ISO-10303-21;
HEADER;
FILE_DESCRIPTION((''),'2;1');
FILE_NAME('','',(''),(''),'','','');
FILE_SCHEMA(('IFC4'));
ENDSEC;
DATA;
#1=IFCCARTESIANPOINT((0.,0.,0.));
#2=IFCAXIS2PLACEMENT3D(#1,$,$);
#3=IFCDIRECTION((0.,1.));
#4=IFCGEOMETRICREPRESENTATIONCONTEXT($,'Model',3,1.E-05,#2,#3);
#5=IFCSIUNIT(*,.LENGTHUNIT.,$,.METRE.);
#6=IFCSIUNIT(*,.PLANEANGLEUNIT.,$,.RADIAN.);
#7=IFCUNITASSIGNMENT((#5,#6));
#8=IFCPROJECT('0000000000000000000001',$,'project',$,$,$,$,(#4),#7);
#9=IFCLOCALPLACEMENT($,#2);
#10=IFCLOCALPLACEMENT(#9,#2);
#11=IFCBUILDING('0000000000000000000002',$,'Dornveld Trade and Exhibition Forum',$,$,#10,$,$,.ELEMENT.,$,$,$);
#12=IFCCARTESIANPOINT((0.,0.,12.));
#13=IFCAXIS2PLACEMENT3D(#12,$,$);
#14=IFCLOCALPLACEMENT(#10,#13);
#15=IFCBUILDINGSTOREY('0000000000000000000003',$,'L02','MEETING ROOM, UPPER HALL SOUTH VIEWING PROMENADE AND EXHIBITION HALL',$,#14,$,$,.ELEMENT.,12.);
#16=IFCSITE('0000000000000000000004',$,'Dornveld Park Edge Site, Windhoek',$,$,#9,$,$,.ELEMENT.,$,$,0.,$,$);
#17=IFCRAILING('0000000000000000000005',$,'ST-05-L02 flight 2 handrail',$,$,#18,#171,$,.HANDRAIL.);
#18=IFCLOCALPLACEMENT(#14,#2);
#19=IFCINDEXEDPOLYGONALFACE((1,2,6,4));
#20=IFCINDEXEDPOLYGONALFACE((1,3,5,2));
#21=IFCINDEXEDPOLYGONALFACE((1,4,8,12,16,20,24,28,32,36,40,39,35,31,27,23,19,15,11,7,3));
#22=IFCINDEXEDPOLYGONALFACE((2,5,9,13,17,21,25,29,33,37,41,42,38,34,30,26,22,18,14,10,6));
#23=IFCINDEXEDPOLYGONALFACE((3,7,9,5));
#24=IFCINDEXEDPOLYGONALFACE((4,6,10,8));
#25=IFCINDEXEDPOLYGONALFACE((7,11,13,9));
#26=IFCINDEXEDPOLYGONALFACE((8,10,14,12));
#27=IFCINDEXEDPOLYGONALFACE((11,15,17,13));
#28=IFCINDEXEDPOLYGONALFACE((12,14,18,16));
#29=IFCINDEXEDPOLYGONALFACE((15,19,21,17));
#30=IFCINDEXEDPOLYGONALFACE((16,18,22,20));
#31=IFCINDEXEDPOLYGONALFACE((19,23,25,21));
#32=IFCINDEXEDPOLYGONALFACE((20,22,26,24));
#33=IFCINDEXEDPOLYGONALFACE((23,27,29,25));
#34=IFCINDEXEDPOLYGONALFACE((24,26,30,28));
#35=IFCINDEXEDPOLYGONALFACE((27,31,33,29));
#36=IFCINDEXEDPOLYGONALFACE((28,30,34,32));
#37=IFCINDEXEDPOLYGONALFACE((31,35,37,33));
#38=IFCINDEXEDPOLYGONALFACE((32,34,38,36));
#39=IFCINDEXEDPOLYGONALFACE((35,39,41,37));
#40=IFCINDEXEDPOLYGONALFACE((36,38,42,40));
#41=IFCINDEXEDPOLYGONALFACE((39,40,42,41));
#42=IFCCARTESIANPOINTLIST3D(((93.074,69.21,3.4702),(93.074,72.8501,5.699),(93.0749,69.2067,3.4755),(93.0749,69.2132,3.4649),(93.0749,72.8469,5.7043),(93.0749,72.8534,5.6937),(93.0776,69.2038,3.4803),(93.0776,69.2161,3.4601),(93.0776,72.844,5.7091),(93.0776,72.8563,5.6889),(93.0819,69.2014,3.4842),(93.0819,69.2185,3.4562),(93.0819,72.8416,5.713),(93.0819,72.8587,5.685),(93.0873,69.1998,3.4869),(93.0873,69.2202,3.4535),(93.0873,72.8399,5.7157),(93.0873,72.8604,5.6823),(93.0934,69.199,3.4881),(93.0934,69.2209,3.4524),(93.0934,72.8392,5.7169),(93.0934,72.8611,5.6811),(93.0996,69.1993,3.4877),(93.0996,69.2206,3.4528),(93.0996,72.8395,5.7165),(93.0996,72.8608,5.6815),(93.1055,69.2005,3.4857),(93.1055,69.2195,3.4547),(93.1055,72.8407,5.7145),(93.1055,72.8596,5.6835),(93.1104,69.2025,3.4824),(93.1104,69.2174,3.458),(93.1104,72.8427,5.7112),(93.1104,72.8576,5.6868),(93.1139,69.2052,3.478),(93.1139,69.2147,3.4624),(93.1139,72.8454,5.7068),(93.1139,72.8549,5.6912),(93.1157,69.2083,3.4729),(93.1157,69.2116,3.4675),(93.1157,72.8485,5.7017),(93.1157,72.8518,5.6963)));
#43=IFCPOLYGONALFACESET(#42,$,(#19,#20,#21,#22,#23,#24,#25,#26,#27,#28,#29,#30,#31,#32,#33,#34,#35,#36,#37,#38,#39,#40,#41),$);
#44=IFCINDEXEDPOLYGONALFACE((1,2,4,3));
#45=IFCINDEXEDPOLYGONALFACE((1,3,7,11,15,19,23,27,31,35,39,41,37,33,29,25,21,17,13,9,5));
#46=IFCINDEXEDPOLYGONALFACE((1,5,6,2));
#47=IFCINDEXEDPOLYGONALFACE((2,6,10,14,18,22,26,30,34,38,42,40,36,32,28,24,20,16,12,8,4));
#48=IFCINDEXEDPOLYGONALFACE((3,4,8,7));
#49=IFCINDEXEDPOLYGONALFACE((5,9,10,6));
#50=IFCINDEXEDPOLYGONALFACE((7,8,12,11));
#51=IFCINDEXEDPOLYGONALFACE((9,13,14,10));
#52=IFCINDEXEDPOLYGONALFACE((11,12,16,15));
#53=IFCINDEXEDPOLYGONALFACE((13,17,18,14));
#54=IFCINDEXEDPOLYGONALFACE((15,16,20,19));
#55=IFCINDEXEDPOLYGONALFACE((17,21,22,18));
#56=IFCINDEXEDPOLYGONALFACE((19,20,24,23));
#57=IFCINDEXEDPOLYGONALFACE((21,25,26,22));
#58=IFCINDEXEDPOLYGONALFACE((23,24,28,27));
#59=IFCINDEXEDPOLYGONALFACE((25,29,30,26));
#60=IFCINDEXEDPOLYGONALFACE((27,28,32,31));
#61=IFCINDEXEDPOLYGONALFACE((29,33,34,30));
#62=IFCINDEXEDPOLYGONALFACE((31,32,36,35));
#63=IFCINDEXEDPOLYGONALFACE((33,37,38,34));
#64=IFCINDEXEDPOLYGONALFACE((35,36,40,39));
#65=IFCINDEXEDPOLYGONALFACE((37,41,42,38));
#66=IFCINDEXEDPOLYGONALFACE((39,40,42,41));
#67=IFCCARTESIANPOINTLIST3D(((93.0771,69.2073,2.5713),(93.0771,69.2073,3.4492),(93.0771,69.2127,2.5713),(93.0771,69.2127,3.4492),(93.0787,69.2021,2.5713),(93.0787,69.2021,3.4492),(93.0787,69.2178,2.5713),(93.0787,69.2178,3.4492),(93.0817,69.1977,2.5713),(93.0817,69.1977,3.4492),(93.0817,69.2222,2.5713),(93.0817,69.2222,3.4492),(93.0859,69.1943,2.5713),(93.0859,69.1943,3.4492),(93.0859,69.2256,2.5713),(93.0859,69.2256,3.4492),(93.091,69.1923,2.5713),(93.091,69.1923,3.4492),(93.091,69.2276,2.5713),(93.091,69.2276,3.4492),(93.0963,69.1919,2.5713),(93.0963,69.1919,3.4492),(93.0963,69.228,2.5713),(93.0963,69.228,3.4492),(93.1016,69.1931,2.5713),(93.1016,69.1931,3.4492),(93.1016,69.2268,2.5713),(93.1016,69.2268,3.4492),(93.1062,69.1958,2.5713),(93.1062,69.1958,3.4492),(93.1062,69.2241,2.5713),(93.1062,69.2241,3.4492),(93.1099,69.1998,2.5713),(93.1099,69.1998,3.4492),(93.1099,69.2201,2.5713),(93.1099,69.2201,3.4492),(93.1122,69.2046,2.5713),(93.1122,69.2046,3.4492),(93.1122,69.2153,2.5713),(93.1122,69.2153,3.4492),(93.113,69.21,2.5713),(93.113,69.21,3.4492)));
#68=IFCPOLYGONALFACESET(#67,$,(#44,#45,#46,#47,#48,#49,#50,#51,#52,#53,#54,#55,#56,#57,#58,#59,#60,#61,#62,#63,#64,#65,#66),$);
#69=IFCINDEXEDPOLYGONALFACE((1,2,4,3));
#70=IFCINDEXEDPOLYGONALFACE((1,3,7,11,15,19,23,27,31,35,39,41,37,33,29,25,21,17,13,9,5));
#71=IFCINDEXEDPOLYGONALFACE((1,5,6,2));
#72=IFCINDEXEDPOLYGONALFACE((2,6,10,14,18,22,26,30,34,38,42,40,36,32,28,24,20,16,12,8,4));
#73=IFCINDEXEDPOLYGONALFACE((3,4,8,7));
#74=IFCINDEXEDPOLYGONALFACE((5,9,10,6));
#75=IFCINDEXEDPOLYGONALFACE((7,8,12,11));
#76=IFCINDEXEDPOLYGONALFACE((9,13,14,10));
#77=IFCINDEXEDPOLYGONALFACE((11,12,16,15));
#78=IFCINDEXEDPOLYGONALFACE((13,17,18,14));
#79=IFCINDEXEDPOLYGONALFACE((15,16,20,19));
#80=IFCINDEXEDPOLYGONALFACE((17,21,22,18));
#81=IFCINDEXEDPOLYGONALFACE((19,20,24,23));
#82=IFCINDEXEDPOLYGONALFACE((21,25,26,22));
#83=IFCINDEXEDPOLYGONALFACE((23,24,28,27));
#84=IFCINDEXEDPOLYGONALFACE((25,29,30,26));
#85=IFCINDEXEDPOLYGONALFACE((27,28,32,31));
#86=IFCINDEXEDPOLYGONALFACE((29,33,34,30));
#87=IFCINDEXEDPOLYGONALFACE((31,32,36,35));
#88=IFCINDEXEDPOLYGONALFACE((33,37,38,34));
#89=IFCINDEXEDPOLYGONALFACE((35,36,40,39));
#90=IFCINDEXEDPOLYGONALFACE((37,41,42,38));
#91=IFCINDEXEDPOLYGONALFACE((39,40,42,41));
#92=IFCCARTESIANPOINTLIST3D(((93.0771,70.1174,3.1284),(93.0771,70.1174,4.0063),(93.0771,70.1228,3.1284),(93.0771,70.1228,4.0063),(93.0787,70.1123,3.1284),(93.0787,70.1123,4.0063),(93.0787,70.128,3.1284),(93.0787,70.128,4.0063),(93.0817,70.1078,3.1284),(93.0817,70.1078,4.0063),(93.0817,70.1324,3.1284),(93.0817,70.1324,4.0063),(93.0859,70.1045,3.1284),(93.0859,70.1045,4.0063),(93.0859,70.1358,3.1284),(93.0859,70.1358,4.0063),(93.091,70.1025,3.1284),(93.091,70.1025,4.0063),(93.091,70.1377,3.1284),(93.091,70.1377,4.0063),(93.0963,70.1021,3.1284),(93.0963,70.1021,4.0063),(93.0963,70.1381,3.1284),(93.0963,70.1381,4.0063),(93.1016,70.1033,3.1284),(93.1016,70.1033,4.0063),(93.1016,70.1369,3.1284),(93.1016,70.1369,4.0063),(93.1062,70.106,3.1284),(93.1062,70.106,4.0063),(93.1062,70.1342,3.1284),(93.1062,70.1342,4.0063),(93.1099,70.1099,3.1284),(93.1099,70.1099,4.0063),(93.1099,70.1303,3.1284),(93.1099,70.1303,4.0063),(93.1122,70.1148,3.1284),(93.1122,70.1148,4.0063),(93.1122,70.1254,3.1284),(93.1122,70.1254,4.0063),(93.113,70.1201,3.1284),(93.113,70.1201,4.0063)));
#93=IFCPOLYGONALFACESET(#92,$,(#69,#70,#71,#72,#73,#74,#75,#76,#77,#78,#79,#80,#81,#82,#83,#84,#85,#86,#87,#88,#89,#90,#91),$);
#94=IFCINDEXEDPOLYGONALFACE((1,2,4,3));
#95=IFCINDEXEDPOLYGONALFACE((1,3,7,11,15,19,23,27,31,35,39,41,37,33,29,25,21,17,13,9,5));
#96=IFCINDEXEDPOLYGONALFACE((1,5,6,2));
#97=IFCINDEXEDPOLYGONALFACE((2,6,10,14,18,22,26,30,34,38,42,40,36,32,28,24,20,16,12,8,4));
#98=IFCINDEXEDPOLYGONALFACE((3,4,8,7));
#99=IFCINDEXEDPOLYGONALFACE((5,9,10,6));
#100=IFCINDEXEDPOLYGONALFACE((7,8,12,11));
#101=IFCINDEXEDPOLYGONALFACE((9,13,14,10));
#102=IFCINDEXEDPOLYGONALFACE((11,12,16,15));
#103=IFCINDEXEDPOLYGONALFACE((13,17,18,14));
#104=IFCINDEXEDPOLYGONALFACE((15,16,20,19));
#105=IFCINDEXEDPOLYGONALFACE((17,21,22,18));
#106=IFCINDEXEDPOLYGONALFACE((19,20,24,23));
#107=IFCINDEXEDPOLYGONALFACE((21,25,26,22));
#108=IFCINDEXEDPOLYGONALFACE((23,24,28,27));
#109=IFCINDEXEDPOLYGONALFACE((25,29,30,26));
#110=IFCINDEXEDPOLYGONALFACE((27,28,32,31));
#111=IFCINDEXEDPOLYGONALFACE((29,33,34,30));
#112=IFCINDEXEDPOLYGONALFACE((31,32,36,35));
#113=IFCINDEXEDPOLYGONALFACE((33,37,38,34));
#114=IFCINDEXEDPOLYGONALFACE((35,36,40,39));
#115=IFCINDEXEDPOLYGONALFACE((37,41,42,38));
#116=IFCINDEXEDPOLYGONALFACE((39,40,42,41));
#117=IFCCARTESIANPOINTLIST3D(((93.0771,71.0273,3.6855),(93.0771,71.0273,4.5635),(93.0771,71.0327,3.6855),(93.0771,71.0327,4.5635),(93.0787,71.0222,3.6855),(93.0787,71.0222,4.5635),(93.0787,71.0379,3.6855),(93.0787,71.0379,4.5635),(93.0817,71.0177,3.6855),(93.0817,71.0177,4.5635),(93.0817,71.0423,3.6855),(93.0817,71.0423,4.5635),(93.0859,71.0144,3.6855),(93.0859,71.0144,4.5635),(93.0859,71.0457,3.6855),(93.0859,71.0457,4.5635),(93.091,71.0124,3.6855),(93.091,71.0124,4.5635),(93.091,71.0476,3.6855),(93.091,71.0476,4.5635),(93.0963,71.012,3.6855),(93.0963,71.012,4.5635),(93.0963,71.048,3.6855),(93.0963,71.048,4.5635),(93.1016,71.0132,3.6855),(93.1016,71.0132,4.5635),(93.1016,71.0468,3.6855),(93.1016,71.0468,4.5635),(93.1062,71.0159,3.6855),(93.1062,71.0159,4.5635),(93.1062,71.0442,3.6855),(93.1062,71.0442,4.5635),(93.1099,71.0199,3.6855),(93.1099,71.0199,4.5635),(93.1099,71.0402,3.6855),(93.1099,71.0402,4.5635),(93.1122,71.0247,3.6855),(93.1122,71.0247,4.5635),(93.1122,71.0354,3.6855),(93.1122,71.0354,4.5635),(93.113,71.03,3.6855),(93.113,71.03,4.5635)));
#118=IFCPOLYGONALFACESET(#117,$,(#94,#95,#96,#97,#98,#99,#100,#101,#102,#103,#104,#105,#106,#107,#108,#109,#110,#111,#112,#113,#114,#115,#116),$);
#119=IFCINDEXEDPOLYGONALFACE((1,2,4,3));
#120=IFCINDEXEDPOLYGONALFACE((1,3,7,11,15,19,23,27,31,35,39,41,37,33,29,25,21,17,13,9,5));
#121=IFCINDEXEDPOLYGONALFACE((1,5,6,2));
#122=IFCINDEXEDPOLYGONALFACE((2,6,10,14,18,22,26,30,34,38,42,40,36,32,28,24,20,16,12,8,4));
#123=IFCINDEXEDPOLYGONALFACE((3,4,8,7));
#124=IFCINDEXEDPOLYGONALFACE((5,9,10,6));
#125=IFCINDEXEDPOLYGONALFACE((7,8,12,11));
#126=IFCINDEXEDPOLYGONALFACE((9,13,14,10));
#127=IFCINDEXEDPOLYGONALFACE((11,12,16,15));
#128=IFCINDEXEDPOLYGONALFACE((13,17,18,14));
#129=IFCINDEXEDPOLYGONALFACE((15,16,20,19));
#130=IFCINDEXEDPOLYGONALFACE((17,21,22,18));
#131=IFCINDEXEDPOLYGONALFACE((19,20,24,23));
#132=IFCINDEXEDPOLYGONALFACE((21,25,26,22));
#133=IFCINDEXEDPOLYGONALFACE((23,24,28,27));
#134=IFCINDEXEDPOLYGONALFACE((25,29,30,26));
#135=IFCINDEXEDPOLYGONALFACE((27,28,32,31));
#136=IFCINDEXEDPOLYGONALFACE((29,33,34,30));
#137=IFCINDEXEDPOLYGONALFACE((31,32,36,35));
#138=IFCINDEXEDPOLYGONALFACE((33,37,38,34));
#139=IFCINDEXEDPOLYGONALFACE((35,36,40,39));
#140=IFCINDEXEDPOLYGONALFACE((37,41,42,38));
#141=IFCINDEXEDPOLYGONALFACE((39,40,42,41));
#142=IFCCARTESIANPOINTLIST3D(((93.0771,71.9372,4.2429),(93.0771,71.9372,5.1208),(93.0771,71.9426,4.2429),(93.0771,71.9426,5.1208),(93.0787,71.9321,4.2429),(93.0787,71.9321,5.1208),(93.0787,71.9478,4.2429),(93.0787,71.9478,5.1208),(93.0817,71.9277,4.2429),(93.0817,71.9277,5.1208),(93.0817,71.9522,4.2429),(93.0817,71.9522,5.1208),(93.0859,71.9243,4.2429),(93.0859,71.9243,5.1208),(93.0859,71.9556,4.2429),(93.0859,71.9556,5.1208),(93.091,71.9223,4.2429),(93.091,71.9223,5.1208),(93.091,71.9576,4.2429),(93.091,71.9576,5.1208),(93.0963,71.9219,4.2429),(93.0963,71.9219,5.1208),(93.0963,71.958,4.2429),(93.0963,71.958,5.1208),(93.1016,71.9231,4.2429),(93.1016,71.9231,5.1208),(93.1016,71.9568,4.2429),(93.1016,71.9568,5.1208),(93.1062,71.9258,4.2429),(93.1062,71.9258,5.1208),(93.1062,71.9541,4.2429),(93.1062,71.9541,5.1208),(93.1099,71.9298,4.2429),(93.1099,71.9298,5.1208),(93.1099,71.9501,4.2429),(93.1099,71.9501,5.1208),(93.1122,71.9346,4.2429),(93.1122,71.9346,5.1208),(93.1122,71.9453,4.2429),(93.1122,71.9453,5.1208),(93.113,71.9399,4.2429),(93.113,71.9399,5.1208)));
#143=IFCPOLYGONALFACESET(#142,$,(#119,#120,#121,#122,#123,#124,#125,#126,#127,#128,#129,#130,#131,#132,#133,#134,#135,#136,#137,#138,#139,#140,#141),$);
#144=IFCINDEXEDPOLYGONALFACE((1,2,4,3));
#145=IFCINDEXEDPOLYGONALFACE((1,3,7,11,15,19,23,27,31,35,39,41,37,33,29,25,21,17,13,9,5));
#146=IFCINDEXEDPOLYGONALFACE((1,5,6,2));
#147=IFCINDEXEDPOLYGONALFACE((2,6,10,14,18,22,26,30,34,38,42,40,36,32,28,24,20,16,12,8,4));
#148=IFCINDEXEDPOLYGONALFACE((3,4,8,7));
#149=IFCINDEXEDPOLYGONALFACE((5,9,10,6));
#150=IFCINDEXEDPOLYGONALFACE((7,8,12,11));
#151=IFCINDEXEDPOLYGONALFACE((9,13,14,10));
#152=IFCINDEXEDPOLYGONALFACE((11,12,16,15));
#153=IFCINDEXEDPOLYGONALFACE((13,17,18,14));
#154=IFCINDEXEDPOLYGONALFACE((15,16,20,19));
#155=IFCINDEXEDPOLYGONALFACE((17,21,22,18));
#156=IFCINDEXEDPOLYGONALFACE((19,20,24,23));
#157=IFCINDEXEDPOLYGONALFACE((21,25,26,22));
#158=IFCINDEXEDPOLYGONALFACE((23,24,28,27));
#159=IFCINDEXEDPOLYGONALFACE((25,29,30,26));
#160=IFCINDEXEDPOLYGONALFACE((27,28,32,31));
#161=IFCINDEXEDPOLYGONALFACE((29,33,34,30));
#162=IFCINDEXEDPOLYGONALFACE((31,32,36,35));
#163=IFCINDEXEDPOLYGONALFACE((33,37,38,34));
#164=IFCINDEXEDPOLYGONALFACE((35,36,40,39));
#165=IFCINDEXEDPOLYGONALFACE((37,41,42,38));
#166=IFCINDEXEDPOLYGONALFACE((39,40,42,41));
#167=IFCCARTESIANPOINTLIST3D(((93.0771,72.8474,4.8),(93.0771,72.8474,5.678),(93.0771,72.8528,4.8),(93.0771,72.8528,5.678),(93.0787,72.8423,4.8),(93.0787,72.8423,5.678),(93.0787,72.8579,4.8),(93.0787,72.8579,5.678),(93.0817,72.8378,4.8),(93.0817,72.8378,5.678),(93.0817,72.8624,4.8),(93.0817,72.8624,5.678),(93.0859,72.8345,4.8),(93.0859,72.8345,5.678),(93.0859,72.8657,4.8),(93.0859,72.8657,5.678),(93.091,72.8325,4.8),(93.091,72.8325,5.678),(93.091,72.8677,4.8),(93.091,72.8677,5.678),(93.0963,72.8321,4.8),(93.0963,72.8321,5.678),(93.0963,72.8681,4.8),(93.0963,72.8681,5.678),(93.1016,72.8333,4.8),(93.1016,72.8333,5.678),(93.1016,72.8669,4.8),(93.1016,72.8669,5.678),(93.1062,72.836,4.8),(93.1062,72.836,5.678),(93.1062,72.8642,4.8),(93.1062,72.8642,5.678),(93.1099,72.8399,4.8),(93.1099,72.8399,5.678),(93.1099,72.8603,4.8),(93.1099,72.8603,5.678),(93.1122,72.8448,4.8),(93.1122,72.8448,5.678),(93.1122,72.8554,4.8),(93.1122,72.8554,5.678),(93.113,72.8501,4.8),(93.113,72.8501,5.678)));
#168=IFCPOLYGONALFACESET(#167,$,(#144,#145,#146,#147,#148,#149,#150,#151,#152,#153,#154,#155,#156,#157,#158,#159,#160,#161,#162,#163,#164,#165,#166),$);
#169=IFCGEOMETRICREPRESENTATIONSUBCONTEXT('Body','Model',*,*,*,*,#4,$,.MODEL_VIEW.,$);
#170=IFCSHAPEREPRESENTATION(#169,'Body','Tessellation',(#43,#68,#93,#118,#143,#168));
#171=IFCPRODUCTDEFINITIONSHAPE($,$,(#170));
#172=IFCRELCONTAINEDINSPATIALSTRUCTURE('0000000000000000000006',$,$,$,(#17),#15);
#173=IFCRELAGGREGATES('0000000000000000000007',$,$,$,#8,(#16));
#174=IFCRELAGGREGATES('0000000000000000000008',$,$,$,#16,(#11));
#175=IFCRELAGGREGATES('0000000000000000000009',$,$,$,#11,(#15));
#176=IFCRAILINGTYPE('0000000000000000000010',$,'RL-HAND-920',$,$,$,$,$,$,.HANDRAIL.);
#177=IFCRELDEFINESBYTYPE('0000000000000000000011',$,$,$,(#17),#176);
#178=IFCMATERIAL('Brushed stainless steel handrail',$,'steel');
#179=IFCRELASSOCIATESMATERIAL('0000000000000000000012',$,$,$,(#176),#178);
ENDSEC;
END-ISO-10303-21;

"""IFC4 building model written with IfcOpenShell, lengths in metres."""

from ifc_helpers import new_model, si_unit, direction, frame, origin, origin_2d, place, context, subcontext, project, spatial, circle, extrude, material, type_object, element, save


model = new_model("IFC4")

# Units and contexts
model_context = context("Model", 3, precision=1e-05, world=origin(), true_north=direction((0.0, 1.0)))
body_context = subcontext(model_context, "Body", "Model", "MODEL_VIEW")
ifc_project = project(units=[si_unit("LENGTHUNIT", "METRE"), si_unit("PLANEANGLEUNIT", "RADIAN")], contexts=[model_context])

# Site, building, storey
site_placement = place(None, origin())
site = spatial("IfcSite", under=ifc_project, at=site_placement, Name="Dornveld Park Edge Site, Windhoek", CompositionType="ELEMENT", RefElevation=0.0)
building_placement = place(site_placement, origin())
building = spatial("IfcBuilding", under=site, at=building_placement, Name="Dornveld Trade and Exhibition Forum", CompositionType="ELEMENT")
storey_placement = place(building_placement, frame((0.0, 0.0, 12.0)))
storey = spatial("IfcBuildingStorey", under=building, at=storey_placement, Name="L02", Description="MEETING ROOM, UPPER HALL SOUTH VIEWING PROMENADE AND EXHIBITION HALL", CompositionType="ELEMENT", Elevation=12.0)

# Railing
ifc_material_1 = material(Name="Brushed stainless steel handrail", Category="steel")
railing_type_1 = type_object("IfcRailingType", Name="RL-HAND-920", PredefinedType="HANDRAIL", material=ifc_material_1)
railing_1_placement = place(storey_placement, frame((93.095, 69.21, 2.5713)))
element("IfcRailing", 1, at=railing_1_placement, inside=storey, type_object=railing_type_1, Name="ST-05-L02 flight 2 handrail", PredefinedType="HANDRAIL", context=body_context, shape_type="SweptSolid", body=[
    extrude(circle(Radius=0.021, at=origin_2d()), frame((0.0, 0.0, 0.8989), z_axis=(0.0, 0.85284, 0.522172), x_axis=(-1.0, 0.0, 0.0)), (0.0, 0.0, 1.0), 4.2683),
    extrude(circle(Radius=0.0181, at=origin_2d()), origin(), (0.0, 0.0, 1.0), 0.8779),
    extrude(circle(Radius=0.0181, at=origin_2d()), frame((0.0, 0.9102, 0.5571)), (0.0, 0.0, 1.0), 0.8779),
    extrude(circle(Radius=0.0181, at=origin_2d()), frame((0.0, 1.8201, 1.1143)), (0.0, 0.0, 1.0), 0.8779),
    extrude(circle(Radius=0.0181, at=origin_2d()), frame((0.0, 2.73, 1.6716)), (0.0, 0.0, 1.0), 0.8779),
    extrude(circle(Radius=0.0181, at=origin_2d()), frame((0.0, 3.6401, 2.2288)), (0.0, 0.0, 1.0), 0.8779),
])

save(model, "model.ifc")
